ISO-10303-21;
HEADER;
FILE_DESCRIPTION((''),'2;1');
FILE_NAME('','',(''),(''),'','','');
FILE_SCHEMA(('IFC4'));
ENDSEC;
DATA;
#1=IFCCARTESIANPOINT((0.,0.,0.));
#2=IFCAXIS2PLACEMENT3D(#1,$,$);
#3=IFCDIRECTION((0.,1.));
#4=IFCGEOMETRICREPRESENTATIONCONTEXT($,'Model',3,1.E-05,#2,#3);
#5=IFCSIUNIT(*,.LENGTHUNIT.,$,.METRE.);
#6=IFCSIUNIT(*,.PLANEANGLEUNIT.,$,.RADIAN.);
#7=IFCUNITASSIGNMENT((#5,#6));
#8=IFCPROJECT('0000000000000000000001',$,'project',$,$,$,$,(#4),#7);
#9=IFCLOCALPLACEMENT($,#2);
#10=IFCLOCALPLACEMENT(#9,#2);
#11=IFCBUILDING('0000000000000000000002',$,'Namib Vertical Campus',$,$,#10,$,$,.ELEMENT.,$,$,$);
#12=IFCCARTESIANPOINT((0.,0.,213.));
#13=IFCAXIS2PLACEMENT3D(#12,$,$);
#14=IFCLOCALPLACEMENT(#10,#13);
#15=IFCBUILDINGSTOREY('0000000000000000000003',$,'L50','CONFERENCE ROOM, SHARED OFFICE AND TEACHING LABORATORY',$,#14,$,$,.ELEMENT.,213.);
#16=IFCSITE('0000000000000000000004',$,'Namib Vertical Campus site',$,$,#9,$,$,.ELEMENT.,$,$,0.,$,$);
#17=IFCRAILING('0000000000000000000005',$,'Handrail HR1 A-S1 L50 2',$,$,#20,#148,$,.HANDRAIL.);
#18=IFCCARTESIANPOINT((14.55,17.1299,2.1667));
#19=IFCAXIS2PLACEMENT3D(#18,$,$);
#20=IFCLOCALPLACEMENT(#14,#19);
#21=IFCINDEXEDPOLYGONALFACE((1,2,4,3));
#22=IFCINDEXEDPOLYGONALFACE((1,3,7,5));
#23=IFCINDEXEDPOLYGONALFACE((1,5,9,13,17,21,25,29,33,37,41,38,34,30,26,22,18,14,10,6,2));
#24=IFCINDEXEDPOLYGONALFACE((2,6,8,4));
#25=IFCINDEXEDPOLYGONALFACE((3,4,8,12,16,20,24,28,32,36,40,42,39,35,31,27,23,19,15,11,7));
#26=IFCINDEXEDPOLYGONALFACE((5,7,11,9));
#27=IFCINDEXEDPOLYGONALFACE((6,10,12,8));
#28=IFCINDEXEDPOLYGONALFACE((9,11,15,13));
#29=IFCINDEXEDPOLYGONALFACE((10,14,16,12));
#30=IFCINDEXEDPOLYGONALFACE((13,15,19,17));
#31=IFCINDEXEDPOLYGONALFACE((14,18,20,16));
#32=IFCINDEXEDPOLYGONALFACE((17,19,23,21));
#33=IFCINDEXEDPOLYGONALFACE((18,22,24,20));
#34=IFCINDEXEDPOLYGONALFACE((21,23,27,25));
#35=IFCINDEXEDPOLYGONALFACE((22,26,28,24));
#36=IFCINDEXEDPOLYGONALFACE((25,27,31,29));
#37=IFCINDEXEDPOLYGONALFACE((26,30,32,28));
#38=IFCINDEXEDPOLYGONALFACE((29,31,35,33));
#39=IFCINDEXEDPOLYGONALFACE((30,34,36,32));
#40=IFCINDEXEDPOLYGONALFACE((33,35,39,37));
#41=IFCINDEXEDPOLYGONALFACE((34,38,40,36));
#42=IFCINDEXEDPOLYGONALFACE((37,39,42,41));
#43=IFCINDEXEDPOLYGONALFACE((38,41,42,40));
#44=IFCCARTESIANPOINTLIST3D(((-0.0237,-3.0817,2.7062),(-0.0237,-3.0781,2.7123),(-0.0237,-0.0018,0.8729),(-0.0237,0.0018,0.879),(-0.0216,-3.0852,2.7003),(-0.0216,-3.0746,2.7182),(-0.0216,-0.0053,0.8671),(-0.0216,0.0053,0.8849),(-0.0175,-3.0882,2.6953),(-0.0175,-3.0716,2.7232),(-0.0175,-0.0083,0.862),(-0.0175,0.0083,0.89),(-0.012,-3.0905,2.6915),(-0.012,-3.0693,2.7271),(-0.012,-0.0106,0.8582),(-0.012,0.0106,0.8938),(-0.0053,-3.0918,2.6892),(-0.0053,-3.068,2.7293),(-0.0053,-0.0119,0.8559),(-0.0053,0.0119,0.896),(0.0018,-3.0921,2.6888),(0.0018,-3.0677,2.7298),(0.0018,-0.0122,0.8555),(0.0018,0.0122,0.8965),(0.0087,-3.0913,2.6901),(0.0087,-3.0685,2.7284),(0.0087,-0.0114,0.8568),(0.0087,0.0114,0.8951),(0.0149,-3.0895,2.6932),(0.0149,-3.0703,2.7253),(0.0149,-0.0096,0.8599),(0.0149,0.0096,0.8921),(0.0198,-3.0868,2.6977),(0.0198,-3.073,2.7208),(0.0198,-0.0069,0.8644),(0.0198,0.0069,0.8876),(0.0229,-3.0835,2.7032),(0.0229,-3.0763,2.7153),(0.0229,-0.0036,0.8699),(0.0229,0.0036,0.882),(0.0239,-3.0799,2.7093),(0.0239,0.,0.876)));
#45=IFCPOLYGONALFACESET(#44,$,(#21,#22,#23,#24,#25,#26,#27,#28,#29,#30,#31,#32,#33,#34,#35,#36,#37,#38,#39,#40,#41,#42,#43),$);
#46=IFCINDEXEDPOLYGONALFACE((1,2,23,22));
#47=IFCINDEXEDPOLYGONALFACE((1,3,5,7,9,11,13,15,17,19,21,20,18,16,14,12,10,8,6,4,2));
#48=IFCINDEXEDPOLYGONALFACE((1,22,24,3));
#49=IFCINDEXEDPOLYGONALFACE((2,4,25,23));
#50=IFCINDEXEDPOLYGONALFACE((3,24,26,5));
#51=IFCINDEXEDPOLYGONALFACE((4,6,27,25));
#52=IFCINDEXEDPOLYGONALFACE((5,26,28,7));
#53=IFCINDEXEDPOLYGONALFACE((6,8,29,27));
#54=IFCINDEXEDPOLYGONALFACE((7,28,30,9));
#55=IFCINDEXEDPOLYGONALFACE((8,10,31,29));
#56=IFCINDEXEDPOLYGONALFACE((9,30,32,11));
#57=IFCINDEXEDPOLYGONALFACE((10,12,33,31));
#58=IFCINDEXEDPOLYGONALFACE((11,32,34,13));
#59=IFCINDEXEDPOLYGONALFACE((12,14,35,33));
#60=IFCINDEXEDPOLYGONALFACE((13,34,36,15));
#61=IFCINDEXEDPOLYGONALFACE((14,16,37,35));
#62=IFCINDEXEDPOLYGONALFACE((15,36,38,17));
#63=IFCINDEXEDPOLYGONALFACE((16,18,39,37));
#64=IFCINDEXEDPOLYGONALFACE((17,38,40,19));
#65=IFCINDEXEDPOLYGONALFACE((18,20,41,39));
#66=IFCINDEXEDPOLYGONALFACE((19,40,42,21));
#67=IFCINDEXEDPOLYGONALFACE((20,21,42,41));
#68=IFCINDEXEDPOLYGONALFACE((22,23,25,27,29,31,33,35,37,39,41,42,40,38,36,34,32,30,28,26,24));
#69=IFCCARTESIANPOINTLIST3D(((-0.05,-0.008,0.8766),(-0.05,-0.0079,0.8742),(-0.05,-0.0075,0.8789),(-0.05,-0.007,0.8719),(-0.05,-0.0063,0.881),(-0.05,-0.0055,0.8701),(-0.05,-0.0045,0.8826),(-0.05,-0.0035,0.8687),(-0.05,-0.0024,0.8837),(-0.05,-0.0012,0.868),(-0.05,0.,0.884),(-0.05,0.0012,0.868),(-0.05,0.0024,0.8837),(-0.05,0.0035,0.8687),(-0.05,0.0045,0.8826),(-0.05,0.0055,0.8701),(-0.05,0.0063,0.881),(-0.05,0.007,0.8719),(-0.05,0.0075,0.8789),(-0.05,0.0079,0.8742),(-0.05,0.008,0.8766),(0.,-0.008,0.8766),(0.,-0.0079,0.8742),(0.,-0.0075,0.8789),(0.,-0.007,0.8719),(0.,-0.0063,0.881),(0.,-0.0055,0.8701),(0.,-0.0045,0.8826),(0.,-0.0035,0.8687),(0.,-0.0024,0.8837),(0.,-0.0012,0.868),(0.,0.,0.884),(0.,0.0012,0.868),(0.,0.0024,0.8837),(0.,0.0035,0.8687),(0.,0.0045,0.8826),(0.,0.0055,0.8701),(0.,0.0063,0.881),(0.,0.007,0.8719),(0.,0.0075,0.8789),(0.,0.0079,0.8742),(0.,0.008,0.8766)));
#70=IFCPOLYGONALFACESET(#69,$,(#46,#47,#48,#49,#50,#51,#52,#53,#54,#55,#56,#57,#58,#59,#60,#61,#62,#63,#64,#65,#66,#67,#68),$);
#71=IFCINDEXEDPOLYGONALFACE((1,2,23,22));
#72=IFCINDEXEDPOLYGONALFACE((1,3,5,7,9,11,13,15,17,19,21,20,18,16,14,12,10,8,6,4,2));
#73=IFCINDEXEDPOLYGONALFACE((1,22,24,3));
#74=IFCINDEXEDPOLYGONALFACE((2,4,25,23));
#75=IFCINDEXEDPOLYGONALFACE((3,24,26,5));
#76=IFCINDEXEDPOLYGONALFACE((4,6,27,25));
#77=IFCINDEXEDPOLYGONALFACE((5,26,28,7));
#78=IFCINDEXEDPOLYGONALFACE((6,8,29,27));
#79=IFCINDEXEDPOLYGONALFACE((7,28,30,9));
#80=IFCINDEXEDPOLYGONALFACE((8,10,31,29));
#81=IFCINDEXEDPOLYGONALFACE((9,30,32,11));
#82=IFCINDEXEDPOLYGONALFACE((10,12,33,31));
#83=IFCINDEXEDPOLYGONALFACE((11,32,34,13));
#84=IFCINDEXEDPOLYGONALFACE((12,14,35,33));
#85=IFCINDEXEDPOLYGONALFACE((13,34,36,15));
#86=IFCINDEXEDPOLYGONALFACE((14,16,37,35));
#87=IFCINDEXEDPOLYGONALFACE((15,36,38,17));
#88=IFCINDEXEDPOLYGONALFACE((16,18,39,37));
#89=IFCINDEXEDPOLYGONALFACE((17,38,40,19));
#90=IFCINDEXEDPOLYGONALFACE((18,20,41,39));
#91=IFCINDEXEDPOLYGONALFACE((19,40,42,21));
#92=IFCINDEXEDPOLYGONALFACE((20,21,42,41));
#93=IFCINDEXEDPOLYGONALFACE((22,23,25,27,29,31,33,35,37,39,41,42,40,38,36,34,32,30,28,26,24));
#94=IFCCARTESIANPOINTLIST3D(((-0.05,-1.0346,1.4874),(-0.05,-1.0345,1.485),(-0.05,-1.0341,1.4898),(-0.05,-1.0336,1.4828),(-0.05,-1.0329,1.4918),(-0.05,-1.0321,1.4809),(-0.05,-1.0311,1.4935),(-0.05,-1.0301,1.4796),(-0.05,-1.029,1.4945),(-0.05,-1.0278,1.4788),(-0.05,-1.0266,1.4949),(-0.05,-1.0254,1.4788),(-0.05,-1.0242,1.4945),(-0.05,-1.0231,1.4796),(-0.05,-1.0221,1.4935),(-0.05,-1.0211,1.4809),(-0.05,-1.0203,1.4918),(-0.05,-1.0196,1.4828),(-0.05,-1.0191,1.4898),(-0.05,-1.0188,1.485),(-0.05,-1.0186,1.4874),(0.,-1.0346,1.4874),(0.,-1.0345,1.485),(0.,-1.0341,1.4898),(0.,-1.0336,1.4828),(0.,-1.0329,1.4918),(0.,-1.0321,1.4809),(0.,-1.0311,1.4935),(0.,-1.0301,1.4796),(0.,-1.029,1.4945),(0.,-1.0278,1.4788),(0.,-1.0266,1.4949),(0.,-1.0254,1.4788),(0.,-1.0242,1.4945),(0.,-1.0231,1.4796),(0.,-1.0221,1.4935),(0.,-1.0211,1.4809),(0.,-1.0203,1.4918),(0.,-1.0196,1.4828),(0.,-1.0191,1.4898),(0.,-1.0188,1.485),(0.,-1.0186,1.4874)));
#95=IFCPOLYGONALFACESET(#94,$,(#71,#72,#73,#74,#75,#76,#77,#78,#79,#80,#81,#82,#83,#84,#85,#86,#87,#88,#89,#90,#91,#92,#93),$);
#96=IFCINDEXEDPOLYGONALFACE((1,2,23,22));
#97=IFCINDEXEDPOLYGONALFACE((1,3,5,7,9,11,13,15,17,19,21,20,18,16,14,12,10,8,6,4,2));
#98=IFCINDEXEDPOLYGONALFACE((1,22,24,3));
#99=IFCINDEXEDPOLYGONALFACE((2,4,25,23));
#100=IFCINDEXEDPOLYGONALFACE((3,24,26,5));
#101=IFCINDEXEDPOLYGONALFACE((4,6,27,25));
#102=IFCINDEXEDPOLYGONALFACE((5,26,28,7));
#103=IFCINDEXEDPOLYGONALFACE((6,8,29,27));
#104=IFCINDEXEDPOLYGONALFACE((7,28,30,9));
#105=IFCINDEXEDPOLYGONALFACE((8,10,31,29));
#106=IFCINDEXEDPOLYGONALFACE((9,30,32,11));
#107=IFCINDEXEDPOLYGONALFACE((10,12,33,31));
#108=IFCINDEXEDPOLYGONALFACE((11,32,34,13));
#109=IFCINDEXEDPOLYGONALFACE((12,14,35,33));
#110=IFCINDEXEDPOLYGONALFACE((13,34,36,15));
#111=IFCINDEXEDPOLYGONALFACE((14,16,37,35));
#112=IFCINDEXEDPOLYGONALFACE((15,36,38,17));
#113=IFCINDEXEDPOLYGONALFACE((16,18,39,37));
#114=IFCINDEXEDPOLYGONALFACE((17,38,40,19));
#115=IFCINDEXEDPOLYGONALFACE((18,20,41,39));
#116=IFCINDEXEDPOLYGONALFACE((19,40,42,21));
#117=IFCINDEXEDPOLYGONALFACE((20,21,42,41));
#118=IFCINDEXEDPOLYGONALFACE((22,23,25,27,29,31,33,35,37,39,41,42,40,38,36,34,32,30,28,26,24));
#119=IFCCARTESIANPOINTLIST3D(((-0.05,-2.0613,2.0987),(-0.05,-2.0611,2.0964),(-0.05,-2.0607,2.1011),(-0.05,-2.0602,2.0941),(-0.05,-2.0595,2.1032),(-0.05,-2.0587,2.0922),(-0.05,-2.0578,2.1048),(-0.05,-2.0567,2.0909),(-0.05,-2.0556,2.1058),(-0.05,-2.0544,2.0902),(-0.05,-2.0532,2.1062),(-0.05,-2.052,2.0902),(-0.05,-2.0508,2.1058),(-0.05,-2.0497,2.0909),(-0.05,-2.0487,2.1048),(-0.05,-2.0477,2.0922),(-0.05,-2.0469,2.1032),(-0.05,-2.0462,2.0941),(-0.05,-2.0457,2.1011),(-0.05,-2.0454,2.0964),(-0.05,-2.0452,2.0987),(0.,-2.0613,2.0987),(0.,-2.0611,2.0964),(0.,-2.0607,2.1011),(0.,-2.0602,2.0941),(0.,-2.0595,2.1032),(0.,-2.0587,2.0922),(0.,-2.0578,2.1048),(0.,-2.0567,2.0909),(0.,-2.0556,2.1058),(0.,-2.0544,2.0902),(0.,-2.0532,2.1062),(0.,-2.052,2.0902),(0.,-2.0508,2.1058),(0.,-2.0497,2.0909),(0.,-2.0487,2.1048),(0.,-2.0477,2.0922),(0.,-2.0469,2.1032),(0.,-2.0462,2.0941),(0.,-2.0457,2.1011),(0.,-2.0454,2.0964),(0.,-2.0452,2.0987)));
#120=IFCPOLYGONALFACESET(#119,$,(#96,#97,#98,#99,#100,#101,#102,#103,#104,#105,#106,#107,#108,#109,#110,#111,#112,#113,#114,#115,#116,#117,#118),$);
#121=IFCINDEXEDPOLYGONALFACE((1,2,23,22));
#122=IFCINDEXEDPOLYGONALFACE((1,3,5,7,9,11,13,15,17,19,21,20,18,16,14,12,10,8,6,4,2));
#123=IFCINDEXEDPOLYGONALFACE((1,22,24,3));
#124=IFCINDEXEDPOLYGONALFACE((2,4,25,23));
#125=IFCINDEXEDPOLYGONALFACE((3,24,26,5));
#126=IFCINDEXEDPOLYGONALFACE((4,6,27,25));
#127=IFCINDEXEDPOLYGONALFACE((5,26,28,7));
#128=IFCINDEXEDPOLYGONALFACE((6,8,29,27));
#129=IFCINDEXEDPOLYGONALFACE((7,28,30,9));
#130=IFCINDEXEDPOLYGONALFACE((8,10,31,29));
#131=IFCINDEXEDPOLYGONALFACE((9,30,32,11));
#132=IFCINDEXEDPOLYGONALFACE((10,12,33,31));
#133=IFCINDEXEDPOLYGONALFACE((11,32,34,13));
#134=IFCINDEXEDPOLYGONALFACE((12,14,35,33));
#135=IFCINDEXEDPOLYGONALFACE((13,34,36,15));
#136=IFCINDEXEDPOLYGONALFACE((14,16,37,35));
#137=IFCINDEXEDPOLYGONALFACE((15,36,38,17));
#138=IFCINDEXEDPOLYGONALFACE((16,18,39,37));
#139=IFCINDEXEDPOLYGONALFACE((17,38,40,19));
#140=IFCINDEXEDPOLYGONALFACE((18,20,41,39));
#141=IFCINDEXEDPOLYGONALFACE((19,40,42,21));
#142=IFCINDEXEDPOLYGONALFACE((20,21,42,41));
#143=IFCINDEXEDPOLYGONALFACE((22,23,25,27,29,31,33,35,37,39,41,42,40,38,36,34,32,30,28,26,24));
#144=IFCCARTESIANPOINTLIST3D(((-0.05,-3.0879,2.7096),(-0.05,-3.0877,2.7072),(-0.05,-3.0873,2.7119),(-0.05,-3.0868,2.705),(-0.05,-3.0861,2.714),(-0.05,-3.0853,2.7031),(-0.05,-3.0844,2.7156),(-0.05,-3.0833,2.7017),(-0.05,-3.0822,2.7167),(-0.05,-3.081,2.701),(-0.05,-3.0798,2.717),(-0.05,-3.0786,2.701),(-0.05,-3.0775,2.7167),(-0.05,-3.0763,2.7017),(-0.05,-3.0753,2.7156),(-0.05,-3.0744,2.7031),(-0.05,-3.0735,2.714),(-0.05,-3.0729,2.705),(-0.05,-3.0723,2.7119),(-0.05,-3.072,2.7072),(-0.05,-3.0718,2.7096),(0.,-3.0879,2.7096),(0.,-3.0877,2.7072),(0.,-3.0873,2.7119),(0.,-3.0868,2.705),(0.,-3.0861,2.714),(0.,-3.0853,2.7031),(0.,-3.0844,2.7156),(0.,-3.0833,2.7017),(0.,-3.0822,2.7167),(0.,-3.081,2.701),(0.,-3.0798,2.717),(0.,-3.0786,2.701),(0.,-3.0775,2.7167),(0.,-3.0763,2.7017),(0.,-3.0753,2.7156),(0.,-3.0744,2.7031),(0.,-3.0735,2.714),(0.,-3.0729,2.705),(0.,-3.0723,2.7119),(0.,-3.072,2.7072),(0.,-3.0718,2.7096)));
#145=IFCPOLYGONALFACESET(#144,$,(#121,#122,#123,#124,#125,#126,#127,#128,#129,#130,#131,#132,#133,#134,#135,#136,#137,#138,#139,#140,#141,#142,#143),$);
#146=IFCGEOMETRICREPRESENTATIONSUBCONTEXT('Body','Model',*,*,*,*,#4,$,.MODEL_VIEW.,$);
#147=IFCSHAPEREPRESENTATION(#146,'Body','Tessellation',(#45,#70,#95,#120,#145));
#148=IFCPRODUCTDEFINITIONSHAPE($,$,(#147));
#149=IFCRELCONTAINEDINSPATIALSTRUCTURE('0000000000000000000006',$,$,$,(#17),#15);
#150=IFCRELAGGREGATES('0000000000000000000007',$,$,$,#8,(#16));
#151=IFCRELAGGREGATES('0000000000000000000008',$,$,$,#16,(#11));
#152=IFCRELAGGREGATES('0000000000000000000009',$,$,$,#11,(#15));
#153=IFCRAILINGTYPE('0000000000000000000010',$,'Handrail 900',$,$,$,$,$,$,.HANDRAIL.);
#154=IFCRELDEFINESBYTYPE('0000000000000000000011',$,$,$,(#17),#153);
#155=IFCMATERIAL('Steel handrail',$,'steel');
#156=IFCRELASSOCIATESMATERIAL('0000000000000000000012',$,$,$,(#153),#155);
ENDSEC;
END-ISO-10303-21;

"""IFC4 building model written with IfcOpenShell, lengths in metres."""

from ifc_helpers import new_model, si_unit, direction, frame, origin, origin_2d, place, context, subcontext, project, spatial, circle, extrude, material, type_object, element, save


model = new_model("IFC4")

# Units and contexts
model_context = context("Model", 3, precision=1e-05, world=origin(), true_north=direction((0.0, 1.0)))
body_context = subcontext(model_context, "Body", "Model", "MODEL_VIEW")
ifc_project = project(units=[si_unit("LENGTHUNIT", "METRE"), si_unit("PLANEANGLEUNIT", "RADIAN")], contexts=[model_context])

# Site, building, storey
site_placement = place(None, origin())
site = spatial("IfcSite", under=ifc_project, at=site_placement, Name="Namib Vertical Campus site", CompositionType="ELEMENT", RefElevation=0.0)
building_placement = place(site_placement, origin())
building = spatial("IfcBuilding", under=site, at=building_placement, Name="Namib Vertical Campus", CompositionType="ELEMENT")
storey_placement = place(building_placement, frame((0.0, 0.0, 213.0)))
storey = spatial("IfcBuildingStorey", under=building, at=storey_placement, Name="L50", Description="CONFERENCE ROOM, SHARED OFFICE AND TEACHING LABORATORY", CompositionType="ELEMENT", Elevation=213.0)

# Railing
ifc_material_1 = material(Name="Steel handrail", Category="steel")
railing_type = type_object("IfcRailingType", Name="Handrail 900", PredefinedType="HANDRAIL", material=ifc_material_1)
railing_placement = place(storey_placement, frame((14.55, 17.1299, 2.1667)))
element("IfcRailing", 1, at=railing_placement, inside=storey, type_object=railing_type, Name="Handrail HR1 A-S1 L50 2", PredefinedType="HANDRAIL", context=body_context, shape_type="SweptSolid", body=[
    extrude(circle(Radius=0.0239, at=origin_2d()), frame((0.0, 0.0, 0.876), z_axis=(0.0, -0.859291, 0.511487), x_axis=(1.0, 0.0, 0.0)), (0.0, 0.0, 1.0), 3.5842),
    extrude(circle(Radius=0.0081, at=origin_2d()), frame((0.0, 0.0, 0.876), z_axis=(-1.0, 0.0, 0.0), x_axis=(0.0, 0.0, 1.0)), (0.0, 0.0, 1.0), 0.05),
    extrude(circle(Radius=0.0081, at=origin_2d()), frame((0.0, -1.0266, 1.4868), z_axis=(-1.0, 0.0, 0.0), x_axis=(0.0, 0.0, 1.0)), (0.0, 0.0, 1.0), 0.05),
    extrude(circle(Radius=0.0081, at=origin_2d()), frame((0.0, -2.0532, 2.0981), z_axis=(-1.0, 0.0, 0.0), x_axis=(0.0, 0.0, 1.0)), (0.0, 0.0, 1.0), 0.05),
    extrude(circle(Radius=0.0081, at=origin_2d()), frame((0.0, -3.0798, 2.709), z_axis=(-1.0, 0.0, 0.0), x_axis=(0.0, 0.0, 1.0)), (0.0, 0.0, 1.0), 0.05),
])

save(model, "model.ifc")
